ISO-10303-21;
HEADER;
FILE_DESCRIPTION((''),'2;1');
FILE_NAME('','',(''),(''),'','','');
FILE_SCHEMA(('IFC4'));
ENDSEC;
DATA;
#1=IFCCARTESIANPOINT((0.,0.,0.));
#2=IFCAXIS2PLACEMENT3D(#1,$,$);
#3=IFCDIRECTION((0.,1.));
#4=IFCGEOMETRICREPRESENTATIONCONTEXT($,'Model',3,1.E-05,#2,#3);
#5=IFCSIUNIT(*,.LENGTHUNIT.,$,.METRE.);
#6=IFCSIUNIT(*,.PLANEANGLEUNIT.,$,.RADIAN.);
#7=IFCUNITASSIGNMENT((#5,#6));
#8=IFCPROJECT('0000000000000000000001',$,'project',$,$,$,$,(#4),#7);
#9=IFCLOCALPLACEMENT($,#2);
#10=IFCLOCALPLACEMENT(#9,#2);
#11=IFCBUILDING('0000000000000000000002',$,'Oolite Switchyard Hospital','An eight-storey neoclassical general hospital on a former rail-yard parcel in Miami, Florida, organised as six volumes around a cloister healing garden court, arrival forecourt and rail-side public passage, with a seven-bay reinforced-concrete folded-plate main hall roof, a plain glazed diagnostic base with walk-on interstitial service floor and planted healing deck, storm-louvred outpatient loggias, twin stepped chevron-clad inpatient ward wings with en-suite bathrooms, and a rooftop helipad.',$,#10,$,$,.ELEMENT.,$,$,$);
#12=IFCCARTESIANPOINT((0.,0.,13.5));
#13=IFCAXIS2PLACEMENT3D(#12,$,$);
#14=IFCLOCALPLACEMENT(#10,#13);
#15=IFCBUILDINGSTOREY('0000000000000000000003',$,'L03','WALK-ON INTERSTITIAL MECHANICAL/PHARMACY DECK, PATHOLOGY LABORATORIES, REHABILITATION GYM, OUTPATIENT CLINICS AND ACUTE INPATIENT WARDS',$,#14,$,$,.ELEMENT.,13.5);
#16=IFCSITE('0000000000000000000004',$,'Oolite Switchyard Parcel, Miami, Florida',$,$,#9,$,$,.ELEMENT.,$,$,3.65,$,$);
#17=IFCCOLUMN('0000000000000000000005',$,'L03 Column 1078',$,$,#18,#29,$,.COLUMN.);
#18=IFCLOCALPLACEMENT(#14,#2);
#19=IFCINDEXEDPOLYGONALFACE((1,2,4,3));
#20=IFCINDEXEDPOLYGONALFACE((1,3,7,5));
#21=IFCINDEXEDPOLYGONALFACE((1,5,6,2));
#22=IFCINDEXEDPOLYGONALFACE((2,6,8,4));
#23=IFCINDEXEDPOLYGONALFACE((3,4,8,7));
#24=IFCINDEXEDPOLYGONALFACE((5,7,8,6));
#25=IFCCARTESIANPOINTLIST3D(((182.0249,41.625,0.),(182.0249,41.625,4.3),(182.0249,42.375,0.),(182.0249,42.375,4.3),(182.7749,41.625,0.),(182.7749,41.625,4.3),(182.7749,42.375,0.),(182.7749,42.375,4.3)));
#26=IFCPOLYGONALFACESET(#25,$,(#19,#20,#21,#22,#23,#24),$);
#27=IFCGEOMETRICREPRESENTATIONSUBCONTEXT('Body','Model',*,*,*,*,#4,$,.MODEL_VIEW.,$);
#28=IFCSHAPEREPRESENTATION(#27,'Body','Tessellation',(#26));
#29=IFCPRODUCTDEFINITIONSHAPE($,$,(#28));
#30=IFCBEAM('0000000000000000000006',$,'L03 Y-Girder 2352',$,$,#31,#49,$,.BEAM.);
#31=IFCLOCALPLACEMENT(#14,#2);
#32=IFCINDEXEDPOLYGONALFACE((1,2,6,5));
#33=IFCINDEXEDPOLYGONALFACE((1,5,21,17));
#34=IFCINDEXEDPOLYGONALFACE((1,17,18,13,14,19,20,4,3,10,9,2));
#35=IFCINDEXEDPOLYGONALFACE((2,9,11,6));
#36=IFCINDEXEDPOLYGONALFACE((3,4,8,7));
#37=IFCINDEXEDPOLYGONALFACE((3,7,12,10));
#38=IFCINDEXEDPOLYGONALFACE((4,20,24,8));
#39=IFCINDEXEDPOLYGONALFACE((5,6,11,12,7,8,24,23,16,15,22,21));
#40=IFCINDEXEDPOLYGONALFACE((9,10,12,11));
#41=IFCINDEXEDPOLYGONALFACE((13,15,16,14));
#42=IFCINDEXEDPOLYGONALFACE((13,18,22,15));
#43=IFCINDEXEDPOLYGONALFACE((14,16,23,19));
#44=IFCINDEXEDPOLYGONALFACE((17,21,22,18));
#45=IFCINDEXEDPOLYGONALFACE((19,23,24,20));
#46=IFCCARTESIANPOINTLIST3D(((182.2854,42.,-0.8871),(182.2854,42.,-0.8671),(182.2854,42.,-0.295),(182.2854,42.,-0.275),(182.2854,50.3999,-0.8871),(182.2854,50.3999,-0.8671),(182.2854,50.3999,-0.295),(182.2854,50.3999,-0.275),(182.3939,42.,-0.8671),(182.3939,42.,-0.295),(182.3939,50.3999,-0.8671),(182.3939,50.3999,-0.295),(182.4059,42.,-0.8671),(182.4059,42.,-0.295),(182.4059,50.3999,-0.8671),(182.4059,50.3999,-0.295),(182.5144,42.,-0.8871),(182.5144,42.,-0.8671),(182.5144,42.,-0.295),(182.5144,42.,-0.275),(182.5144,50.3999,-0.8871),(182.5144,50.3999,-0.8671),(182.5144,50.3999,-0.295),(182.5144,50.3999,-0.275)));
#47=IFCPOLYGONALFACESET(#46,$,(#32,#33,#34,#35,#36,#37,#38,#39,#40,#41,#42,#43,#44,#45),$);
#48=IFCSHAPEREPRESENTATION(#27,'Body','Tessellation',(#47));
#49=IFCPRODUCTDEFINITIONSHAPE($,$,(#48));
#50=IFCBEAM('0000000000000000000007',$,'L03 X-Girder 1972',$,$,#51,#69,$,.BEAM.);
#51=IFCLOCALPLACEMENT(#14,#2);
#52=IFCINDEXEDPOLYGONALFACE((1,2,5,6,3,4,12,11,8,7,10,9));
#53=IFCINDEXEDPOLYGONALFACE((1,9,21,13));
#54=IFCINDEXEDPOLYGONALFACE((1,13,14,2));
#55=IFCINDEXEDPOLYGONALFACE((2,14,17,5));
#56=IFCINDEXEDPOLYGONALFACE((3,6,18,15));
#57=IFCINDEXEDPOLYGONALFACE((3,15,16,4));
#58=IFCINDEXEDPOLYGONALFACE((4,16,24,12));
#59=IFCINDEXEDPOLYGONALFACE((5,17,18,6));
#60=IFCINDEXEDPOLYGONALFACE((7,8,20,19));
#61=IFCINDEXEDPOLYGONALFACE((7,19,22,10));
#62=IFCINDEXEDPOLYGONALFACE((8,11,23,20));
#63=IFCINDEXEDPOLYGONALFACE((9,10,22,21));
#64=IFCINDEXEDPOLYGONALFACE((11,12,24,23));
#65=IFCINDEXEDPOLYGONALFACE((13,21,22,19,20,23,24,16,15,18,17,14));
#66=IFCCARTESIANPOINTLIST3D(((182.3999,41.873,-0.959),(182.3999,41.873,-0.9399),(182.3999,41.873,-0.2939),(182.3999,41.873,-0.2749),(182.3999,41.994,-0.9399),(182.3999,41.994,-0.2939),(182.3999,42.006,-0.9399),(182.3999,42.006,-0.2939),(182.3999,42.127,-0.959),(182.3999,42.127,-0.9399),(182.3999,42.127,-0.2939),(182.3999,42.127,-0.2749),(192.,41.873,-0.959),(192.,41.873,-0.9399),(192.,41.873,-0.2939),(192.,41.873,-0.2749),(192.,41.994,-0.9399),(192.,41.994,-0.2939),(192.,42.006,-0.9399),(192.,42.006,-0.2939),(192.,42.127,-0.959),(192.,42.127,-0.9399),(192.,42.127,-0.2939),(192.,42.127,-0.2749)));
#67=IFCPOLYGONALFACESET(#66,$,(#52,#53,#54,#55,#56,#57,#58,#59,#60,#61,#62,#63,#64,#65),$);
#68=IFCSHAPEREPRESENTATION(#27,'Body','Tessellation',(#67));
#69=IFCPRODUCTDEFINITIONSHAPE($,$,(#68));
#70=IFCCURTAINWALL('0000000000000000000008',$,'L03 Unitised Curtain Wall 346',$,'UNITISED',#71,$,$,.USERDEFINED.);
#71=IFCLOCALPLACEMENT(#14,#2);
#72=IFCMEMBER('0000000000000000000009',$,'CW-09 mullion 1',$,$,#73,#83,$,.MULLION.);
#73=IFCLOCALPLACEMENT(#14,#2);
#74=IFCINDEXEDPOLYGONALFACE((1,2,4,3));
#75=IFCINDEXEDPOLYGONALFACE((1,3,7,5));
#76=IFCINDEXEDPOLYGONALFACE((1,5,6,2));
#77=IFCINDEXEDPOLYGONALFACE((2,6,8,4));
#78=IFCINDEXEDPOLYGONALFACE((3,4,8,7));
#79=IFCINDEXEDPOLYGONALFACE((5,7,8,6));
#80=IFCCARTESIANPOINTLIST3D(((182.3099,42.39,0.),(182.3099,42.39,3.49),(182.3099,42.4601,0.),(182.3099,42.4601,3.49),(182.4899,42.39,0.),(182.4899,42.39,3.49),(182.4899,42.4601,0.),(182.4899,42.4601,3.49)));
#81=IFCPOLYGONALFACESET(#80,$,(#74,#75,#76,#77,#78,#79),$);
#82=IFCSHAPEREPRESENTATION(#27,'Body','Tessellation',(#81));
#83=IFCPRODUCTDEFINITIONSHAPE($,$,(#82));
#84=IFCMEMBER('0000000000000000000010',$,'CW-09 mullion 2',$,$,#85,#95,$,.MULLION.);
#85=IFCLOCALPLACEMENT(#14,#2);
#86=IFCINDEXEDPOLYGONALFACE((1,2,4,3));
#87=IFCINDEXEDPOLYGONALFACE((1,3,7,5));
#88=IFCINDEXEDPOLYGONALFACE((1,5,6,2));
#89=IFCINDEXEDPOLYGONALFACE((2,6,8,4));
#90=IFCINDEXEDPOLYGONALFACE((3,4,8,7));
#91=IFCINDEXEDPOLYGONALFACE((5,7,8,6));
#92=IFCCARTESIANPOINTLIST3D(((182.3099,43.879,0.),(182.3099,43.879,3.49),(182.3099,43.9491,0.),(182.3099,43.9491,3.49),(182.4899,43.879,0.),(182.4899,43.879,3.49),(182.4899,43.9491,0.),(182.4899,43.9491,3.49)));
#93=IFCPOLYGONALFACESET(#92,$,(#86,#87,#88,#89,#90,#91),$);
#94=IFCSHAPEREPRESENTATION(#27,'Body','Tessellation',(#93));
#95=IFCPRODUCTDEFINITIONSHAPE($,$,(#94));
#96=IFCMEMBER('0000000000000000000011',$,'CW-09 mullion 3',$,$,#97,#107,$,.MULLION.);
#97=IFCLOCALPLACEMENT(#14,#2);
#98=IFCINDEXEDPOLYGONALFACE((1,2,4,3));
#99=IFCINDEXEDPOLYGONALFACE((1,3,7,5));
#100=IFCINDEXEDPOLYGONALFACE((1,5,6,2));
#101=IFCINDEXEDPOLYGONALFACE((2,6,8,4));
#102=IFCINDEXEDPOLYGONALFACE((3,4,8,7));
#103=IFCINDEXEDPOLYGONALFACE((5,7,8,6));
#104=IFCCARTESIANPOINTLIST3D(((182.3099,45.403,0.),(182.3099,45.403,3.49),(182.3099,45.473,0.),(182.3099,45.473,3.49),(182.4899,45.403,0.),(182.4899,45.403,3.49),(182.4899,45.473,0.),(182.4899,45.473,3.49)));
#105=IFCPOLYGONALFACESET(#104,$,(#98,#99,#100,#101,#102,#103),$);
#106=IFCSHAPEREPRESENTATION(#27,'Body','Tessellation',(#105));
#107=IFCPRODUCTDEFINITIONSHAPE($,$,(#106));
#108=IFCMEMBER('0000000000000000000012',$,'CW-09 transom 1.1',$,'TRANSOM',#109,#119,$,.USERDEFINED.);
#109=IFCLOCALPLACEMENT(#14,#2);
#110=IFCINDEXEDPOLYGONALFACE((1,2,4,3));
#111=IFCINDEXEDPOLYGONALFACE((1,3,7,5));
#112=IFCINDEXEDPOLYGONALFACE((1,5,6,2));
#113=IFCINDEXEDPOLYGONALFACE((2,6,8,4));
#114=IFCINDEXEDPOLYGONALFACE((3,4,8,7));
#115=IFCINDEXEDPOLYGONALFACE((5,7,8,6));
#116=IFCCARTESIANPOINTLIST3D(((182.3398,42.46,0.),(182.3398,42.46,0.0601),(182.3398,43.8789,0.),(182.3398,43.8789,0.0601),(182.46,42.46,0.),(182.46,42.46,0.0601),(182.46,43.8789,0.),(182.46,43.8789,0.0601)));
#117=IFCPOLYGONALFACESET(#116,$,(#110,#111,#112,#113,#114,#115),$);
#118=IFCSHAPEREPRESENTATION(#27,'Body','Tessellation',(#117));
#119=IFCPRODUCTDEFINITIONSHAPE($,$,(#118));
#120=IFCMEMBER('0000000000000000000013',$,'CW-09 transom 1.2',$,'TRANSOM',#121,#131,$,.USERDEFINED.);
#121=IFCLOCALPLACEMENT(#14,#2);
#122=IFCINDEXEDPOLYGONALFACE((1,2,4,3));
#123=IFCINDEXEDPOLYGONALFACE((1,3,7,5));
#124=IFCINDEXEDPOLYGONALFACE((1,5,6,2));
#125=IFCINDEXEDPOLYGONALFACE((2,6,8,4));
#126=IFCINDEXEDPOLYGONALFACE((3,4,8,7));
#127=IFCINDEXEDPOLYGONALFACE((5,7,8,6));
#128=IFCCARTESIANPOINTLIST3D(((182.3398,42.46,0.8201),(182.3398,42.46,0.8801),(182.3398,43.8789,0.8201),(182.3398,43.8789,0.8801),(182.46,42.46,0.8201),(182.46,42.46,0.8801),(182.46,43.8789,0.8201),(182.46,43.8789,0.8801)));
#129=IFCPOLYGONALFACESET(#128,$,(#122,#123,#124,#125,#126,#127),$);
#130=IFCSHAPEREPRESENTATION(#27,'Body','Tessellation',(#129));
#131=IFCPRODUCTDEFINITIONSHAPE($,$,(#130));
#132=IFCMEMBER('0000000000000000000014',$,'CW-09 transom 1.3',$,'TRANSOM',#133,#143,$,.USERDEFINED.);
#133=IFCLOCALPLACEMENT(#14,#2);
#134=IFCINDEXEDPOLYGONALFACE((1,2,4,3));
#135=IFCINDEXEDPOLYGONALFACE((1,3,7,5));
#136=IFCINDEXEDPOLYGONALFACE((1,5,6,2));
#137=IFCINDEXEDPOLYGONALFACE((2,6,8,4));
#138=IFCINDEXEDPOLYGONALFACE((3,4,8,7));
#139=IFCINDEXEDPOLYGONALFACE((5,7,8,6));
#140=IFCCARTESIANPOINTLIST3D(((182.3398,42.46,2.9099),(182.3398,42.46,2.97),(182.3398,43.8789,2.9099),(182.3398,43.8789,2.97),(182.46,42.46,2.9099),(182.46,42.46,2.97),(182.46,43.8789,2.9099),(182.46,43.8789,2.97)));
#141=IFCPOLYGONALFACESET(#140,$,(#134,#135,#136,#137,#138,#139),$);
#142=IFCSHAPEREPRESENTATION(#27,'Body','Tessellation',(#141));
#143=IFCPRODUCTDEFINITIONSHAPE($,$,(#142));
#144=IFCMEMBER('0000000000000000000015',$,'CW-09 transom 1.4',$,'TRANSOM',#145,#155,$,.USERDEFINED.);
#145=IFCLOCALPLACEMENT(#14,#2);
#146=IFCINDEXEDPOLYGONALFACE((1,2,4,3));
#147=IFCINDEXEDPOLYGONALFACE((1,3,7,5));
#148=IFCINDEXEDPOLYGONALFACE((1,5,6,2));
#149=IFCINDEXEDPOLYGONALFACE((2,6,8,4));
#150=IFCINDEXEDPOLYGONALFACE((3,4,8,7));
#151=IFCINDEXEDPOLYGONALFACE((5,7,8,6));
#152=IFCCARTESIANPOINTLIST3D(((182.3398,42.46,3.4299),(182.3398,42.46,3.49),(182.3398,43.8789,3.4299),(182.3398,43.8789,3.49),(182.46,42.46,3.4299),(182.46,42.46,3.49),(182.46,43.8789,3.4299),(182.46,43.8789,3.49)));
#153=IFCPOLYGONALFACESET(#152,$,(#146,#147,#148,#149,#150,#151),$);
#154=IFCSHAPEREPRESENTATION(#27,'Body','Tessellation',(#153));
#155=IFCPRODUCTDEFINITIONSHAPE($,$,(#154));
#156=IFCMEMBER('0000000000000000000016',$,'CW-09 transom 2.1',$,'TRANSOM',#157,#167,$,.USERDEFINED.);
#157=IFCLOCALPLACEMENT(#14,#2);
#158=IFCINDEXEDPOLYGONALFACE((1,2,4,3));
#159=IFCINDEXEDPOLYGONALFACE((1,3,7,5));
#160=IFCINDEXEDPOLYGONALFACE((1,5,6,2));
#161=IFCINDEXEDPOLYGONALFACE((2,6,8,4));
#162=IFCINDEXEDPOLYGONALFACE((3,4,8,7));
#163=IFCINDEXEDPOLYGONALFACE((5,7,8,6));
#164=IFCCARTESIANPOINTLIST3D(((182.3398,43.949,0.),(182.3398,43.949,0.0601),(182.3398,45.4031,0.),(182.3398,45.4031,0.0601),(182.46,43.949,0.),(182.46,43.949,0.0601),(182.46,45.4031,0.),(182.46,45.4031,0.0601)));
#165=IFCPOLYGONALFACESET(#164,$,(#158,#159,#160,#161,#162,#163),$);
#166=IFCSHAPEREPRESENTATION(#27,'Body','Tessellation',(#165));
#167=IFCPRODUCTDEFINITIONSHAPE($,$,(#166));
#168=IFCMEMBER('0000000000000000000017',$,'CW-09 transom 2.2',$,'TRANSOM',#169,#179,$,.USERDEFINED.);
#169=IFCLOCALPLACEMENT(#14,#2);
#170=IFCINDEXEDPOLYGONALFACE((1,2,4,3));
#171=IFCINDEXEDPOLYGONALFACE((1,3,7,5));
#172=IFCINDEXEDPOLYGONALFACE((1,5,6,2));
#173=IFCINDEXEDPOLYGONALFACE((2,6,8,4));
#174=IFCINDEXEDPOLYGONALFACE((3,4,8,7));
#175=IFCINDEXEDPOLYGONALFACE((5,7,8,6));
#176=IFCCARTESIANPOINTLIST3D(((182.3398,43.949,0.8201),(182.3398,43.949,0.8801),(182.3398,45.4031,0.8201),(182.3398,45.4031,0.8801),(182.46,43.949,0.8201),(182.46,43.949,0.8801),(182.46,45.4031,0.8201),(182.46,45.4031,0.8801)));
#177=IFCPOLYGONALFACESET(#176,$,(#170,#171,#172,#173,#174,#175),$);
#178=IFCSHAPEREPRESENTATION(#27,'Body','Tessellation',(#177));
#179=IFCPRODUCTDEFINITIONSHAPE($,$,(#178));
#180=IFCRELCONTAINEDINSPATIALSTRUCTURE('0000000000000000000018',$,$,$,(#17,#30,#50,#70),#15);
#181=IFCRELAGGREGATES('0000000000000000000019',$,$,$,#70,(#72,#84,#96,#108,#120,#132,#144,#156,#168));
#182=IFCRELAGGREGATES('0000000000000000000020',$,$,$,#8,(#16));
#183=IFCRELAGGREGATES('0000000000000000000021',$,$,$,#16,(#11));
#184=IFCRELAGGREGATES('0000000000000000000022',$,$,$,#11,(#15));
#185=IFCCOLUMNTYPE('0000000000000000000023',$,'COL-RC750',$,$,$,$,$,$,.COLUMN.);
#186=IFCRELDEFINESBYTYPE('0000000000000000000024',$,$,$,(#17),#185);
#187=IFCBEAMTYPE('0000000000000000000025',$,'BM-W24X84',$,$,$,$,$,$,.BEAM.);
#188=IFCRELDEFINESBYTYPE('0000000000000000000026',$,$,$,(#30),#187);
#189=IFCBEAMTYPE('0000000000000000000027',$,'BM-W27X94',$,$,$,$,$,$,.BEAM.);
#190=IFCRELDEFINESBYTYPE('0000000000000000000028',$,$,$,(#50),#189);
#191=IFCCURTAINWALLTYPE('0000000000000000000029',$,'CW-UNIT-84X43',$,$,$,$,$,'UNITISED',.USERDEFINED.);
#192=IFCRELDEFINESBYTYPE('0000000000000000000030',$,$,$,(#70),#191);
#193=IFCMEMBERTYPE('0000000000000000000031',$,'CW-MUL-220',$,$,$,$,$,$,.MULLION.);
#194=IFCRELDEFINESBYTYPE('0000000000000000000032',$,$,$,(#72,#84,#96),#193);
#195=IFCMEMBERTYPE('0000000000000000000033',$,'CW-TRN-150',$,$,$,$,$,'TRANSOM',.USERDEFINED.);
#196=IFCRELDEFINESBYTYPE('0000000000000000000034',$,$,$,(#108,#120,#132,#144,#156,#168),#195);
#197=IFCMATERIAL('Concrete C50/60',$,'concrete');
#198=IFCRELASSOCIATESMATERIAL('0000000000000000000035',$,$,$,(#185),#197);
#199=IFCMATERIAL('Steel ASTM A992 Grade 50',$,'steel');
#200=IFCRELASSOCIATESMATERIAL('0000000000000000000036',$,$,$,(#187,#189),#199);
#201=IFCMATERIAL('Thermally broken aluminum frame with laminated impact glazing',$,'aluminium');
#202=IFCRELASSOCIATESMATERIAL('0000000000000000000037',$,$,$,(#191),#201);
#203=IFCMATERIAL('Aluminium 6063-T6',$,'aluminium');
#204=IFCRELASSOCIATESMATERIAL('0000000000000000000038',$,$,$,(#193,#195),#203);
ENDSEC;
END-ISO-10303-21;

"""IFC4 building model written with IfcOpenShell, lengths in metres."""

from ifc_helpers import new_model, si_unit, direction, frame, origin, origin_2d, place, context, subcontext, project, spatial, rectangle, i_section, extrude, material, material_profile, profile_set, type_object, element, aggregate, save


model = new_model("IFC4")

# Units and contexts
model_context = context("Model", 3, precision=1e-05, world=origin(), true_north=direction((0.0, 1.0)))
body_context = subcontext(model_context, "Body", "Model", "MODEL_VIEW")
ifc_project = project(units=[si_unit("LENGTHUNIT", "METRE"), si_unit("PLANEANGLEUNIT", "RADIAN")], contexts=[model_context])

# Site, building, storey
site_placement = place(None, origin())
site = spatial("IfcSite", under=ifc_project, at=site_placement, Name="Oolite Switchyard Parcel, Miami, Florida", CompositionType="ELEMENT", RefElevation=3.65)
building_placement = place(site_placement, origin())
building = spatial("IfcBuilding", under=site, at=building_placement, Name="Oolite Switchyard Hospital", Description="An eight-storey neoclassical general hospital on a former rail-yard parcel in Miami, Florida, organised as six volumes around a cloister healing garden court, arrival forecourt and rail-side public passage, with a seven-bay reinforced-concrete folded-plate main hall roof, a plain glazed diagnostic base with walk-on interstitial service floor and planted healing deck, storm-louvred outpatient loggias, twin stepped chevron-clad inpatient ward wings with en-suite bathrooms, and a rooftop helipad.", CompositionType="ELEMENT")
storey_placement = place(building_placement, frame((0.0, 0.0, 13.5)))
storey = spatial("IfcBuildingStorey", under=building, at=storey_placement, Name="L03", Description="WALK-ON INTERSTITIAL MECHANICAL/PHARMACY DECK, PATHOLOGY LABORATORIES, REHABILITATION GYM, OUTPATIENT CLINICS AND ACUTE INPATIENT WARDS", CompositionType="ELEMENT", Elevation=13.5)

# Column
ifc_material_1 = material(Name="Concrete C50/60", Category="concrete")
ifc_material_profile_1 = material_profile(ifc_material_1, rectangle(XDim=0.75, YDim=0.75, at=origin_2d()), Name="RC750X750")
ifc_profile_set_1 = profile_set([ifc_material_profile_1], Name="Concrete C50/60")
column_type = type_object("IfcColumnType", Name="COL-RC750", PredefinedType="COLUMN", material=ifc_profile_set_1)
column_placement = place(storey_placement, frame((182.3999, 42.0, 0.0), z_axis=(0.0, 0.0, 1.0), x_axis=(1.0, 0.0, 0.0)))
element("IfcColumn", 1, at=column_placement, inside=storey, type_object=column_type, Name="L03 Column 1078", PredefinedType="COLUMN", context=body_context, shape_type="SweptSolid", body=[
    extrude(rectangle(XDim=0.75, YDim=0.75, at=origin_2d()), origin(), (0.0, 0.0, 1.0), 4.3),
])

# Beams
ifc_material_2 = material(Name="Steel ASTM A992 Grade 50", Category="steel")
ifc_material_profile_2 = material_profile(ifc_material_2, i_section(OverallWidth=0.229, OverallDepth=0.6121, WebThickness=0.012, FlangeThickness=0.02, at=origin_2d()), Name="W24X84")
ifc_profile_set_2 = profile_set([ifc_material_profile_2], Name="Steel ASTM A992 Grade 50")
beam_type_1 = type_object("IfcBeamType", Name="BM-W24X84", PredefinedType="BEAM", material=ifc_profile_set_2)
beam_1_placement = place(storey_placement, frame((182.3999, 42.0, -0.5811), z_axis=(0.0, 1.0, 0.0), x_axis=(-1.0, 0.0, 0.0)))
element("IfcBeam", 2, at=beam_1_placement, inside=storey, type_object=beam_type_1, Name="L03 Y-Girder 2352", PredefinedType="BEAM", context=body_context, shape_type="SweptSolid", body=[
    extrude(i_section(OverallWidth=0.229, OverallDepth=0.6121, WebThickness=0.012, FlangeThickness=0.02, at=origin_2d()), origin(), (0.0, 0.0, 1.0), 8.3999),
])
ifc_material_profile_3 = material_profile(ifc_material_2, i_section(OverallWidth=0.2539, OverallDepth=0.6841, WebThickness=0.012, FlangeThickness=0.019, at=origin_2d()), Name="W27X94")
ifc_profile_set_3 = profile_set([ifc_material_profile_3], Name="Steel ASTM A992 Grade 50")
beam_type_2 = type_object("IfcBeamType", Name="BM-W27X94", PredefinedType="BEAM", material=ifc_profile_set_3)
beam_2_placement = place(storey_placement, frame((182.3999, 42.0, -0.6169), z_axis=(1.0, 0.0, 0.0), x_axis=(0.0, 1.0, 0.0)))
element("IfcBeam", 3, at=beam_2_placement, inside=storey, type_object=beam_type_2, Name="L03 X-Girder 1972", PredefinedType="BEAM", context=body_context, shape_type="SweptSolid", body=[
    extrude(i_section(OverallWidth=0.2539, OverallDepth=0.6841, WebThickness=0.012, FlangeThickness=0.019, at=origin_2d()), origin(), (0.0, 0.0, 1.0), 9.6001),
])

# Curtain wall, members
ifc_material_3 = material(Name="Thermally broken aluminum frame with laminated impact glazing", Category="aluminium")
curtain_wall_type = type_object("IfcCurtainWallType", Name="CW-UNIT-84X43", ElementType="UNITISED", PredefinedType="USERDEFINED", material=ifc_material_3)
curtain_wall_placement = place(storey_placement, origin())
curtain_wall = element("IfcCurtainWall", 4, at=curtain_wall_placement, inside=storey, type_object=curtain_wall_type, Name="L03 Unitised Curtain Wall 346", ObjectType="UNITISED", PredefinedType="USERDEFINED")
ifc_material_4 = material(Name="Aluminium 6063-T6", Category="aluminium")
ifc_material_profile_4 = material_profile(ifc_material_4, rectangle(XDim=0.1799, YDim=0.0701, at=origin_2d()), Name="CWM70X180")
ifc_profile_set_4 = profile_set([ifc_material_profile_4], Name="Aluminium 6063-T6")
member_type_1 = type_object("IfcMemberType", Name="CW-MUL-220", PredefinedType="MULLION", material=ifc_profile_set_4)
member_1_placement = place(storey_placement, frame((182.3999, 42.425, 0.0), z_axis=(0.0, 0.0, 1.0), x_axis=(-1.0, 0.0, 0.0)))
member_1 = element("IfcMember", 5, at=member_1_placement, type_object=member_type_1, Name="CW-09 mullion 1", PredefinedType="MULLION", context=body_context, shape_type="SweptSolid", body=[
    extrude(rectangle(XDim=0.1799, YDim=0.0701, at=origin_2d()), origin(), (0.0, 0.0, 1.0), 3.49),
])
member_2_placement = place(storey_placement, frame((182.3999, 43.9141, 0.0), z_axis=(0.0, 0.0, 1.0), x_axis=(-1.0, 0.0, 0.0)))
member_2 = element("IfcMember", 6, at=member_2_placement, type_object=member_type_1, Name="CW-09 mullion 2", PredefinedType="MULLION", context=body_context, shape_type="SweptSolid", body=[
    extrude(rectangle(XDim=0.1799, YDim=0.0701, at=origin_2d()), origin(), (0.0, 0.0, 1.0), 3.49),
])
member_3_placement = place(storey_placement, frame((182.3999, 45.438, 0.0), z_axis=(0.0, 0.0, 1.0), x_axis=(-1.0, 0.0, 0.0)))
member_3 = element("IfcMember", 7, at=member_3_placement, type_object=member_type_1, Name="CW-09 mullion 3", PredefinedType="MULLION", context=body_context, shape_type="SweptSolid", body=[
    extrude(rectangle(XDim=0.1799, YDim=0.0701, at=origin_2d()), origin(), (0.0, 0.0, 1.0), 3.49),
])
ifc_material_profile_5 = material_profile(ifc_material_4, rectangle(XDim=0.1201, YDim=0.0601, at=origin_2d()), Name="CWT60X120")
ifc_profile_set_5 = profile_set([ifc_material_profile_5], Name="Aluminium 6063-T6")
member_type_2 = type_object("IfcMemberType", Name="CW-TRN-150", ElementType="TRANSOM", PredefinedType="USERDEFINED", material=ifc_profile_set_5)
member_4_placement = place(storey_placement, frame((182.3999, 42.46, 0.03), z_axis=(0.0, 1.0, 0.0), x_axis=(-1.0, 0.0, 0.0)))
member_4 = element("IfcMember", 8, at=member_4_placement, type_object=member_type_2, Name="CW-09 transom 1.1", ObjectType="TRANSOM", PredefinedType="USERDEFINED", context=body_context, shape_type="SweptSolid", body=[
    extrude(rectangle(XDim=0.1201, YDim=0.0601, at=origin_2d()), origin(), (0.0, 0.0, 1.0), 1.4189),
])
member_5_placement = place(storey_placement, frame((182.3999, 42.46, 0.8501), z_axis=(0.0, 1.0, 0.0), x_axis=(-1.0, 0.0, 0.0)))
member_5 = element("IfcMember", 9, at=member_5_placement, type_object=member_type_2, Name="CW-09 transom 1.2", ObjectType="TRANSOM", PredefinedType="USERDEFINED", context=body_context, shape_type="SweptSolid", body=[
    extrude(rectangle(XDim=0.1201, YDim=0.0601, at=origin_2d()), origin(), (0.0, 0.0, 1.0), 1.4189),
])
member_6_placement = place(storey_placement, frame((182.3999, 42.46, 2.9399), z_axis=(0.0, 1.0, 0.0), x_axis=(-1.0, 0.0, 0.0)))
member_6 = element("IfcMember", 10, at=member_6_placement, type_object=member_type_2, Name="CW-09 transom 1.3", ObjectType="TRANSOM", PredefinedType="USERDEFINED", context=body_context, shape_type="SweptSolid", body=[
    extrude(rectangle(XDim=0.1201, YDim=0.0601, at=origin_2d()), origin(), (0.0, 0.0, 1.0), 1.4189),
])
member_7_placement = place(storey_placement, frame((182.3999, 42.46, 3.46), z_axis=(0.0, 1.0, 0.0), x_axis=(-1.0, 0.0, 0.0)))
member_7 = element("IfcMember", 11, at=member_7_placement, type_object=member_type_2, Name="CW-09 transom 1.4", ObjectType="TRANSOM", PredefinedType="USERDEFINED", context=body_context, shape_type="SweptSolid", body=[
    extrude(rectangle(XDim=0.1201, YDim=0.0601, at=origin_2d()), origin(), (0.0, 0.0, 1.0), 1.4189),
])
member_8_placement = place(storey_placement, frame((182.3999, 43.949, 0.03), z_axis=(0.0, 1.0, 0.0), x_axis=(-1.0, 0.0, 0.0)))
member_8 = element("IfcMember", 12, at=member_8_placement, type_object=member_type_2, Name="CW-09 transom 2.1", ObjectType="TRANSOM", PredefinedType="USERDEFINED", context=body_context, shape_type="SweptSolid", body=[
    extrude(rectangle(XDim=0.1201, YDim=0.0601, at=origin_2d()), origin(), (0.0, 0.0, 1.0), 1.4541),
])
member_9_placement = place(storey_placement, frame((182.3999, 43.949, 0.8501), z_axis=(0.0, 1.0, 0.0), x_axis=(-1.0, 0.0, 0.0)))
member_9 = element("IfcMember", 13, at=member_9_placement, type_object=member_type_2, Name="CW-09 transom 2.2", ObjectType="TRANSOM", PredefinedType="USERDEFINED", context=body_context, shape_type="SweptSolid", body=[
    extrude(rectangle(XDim=0.1201, YDim=0.0601, at=origin_2d()), origin(), (0.0, 0.0, 1.0), 1.4541),
])
aggregate(curtain_wall, [member_1, member_2, member_3, member_4, member_5, member_6, member_7, member_8, member_9])

save(model, "model.ifc")
